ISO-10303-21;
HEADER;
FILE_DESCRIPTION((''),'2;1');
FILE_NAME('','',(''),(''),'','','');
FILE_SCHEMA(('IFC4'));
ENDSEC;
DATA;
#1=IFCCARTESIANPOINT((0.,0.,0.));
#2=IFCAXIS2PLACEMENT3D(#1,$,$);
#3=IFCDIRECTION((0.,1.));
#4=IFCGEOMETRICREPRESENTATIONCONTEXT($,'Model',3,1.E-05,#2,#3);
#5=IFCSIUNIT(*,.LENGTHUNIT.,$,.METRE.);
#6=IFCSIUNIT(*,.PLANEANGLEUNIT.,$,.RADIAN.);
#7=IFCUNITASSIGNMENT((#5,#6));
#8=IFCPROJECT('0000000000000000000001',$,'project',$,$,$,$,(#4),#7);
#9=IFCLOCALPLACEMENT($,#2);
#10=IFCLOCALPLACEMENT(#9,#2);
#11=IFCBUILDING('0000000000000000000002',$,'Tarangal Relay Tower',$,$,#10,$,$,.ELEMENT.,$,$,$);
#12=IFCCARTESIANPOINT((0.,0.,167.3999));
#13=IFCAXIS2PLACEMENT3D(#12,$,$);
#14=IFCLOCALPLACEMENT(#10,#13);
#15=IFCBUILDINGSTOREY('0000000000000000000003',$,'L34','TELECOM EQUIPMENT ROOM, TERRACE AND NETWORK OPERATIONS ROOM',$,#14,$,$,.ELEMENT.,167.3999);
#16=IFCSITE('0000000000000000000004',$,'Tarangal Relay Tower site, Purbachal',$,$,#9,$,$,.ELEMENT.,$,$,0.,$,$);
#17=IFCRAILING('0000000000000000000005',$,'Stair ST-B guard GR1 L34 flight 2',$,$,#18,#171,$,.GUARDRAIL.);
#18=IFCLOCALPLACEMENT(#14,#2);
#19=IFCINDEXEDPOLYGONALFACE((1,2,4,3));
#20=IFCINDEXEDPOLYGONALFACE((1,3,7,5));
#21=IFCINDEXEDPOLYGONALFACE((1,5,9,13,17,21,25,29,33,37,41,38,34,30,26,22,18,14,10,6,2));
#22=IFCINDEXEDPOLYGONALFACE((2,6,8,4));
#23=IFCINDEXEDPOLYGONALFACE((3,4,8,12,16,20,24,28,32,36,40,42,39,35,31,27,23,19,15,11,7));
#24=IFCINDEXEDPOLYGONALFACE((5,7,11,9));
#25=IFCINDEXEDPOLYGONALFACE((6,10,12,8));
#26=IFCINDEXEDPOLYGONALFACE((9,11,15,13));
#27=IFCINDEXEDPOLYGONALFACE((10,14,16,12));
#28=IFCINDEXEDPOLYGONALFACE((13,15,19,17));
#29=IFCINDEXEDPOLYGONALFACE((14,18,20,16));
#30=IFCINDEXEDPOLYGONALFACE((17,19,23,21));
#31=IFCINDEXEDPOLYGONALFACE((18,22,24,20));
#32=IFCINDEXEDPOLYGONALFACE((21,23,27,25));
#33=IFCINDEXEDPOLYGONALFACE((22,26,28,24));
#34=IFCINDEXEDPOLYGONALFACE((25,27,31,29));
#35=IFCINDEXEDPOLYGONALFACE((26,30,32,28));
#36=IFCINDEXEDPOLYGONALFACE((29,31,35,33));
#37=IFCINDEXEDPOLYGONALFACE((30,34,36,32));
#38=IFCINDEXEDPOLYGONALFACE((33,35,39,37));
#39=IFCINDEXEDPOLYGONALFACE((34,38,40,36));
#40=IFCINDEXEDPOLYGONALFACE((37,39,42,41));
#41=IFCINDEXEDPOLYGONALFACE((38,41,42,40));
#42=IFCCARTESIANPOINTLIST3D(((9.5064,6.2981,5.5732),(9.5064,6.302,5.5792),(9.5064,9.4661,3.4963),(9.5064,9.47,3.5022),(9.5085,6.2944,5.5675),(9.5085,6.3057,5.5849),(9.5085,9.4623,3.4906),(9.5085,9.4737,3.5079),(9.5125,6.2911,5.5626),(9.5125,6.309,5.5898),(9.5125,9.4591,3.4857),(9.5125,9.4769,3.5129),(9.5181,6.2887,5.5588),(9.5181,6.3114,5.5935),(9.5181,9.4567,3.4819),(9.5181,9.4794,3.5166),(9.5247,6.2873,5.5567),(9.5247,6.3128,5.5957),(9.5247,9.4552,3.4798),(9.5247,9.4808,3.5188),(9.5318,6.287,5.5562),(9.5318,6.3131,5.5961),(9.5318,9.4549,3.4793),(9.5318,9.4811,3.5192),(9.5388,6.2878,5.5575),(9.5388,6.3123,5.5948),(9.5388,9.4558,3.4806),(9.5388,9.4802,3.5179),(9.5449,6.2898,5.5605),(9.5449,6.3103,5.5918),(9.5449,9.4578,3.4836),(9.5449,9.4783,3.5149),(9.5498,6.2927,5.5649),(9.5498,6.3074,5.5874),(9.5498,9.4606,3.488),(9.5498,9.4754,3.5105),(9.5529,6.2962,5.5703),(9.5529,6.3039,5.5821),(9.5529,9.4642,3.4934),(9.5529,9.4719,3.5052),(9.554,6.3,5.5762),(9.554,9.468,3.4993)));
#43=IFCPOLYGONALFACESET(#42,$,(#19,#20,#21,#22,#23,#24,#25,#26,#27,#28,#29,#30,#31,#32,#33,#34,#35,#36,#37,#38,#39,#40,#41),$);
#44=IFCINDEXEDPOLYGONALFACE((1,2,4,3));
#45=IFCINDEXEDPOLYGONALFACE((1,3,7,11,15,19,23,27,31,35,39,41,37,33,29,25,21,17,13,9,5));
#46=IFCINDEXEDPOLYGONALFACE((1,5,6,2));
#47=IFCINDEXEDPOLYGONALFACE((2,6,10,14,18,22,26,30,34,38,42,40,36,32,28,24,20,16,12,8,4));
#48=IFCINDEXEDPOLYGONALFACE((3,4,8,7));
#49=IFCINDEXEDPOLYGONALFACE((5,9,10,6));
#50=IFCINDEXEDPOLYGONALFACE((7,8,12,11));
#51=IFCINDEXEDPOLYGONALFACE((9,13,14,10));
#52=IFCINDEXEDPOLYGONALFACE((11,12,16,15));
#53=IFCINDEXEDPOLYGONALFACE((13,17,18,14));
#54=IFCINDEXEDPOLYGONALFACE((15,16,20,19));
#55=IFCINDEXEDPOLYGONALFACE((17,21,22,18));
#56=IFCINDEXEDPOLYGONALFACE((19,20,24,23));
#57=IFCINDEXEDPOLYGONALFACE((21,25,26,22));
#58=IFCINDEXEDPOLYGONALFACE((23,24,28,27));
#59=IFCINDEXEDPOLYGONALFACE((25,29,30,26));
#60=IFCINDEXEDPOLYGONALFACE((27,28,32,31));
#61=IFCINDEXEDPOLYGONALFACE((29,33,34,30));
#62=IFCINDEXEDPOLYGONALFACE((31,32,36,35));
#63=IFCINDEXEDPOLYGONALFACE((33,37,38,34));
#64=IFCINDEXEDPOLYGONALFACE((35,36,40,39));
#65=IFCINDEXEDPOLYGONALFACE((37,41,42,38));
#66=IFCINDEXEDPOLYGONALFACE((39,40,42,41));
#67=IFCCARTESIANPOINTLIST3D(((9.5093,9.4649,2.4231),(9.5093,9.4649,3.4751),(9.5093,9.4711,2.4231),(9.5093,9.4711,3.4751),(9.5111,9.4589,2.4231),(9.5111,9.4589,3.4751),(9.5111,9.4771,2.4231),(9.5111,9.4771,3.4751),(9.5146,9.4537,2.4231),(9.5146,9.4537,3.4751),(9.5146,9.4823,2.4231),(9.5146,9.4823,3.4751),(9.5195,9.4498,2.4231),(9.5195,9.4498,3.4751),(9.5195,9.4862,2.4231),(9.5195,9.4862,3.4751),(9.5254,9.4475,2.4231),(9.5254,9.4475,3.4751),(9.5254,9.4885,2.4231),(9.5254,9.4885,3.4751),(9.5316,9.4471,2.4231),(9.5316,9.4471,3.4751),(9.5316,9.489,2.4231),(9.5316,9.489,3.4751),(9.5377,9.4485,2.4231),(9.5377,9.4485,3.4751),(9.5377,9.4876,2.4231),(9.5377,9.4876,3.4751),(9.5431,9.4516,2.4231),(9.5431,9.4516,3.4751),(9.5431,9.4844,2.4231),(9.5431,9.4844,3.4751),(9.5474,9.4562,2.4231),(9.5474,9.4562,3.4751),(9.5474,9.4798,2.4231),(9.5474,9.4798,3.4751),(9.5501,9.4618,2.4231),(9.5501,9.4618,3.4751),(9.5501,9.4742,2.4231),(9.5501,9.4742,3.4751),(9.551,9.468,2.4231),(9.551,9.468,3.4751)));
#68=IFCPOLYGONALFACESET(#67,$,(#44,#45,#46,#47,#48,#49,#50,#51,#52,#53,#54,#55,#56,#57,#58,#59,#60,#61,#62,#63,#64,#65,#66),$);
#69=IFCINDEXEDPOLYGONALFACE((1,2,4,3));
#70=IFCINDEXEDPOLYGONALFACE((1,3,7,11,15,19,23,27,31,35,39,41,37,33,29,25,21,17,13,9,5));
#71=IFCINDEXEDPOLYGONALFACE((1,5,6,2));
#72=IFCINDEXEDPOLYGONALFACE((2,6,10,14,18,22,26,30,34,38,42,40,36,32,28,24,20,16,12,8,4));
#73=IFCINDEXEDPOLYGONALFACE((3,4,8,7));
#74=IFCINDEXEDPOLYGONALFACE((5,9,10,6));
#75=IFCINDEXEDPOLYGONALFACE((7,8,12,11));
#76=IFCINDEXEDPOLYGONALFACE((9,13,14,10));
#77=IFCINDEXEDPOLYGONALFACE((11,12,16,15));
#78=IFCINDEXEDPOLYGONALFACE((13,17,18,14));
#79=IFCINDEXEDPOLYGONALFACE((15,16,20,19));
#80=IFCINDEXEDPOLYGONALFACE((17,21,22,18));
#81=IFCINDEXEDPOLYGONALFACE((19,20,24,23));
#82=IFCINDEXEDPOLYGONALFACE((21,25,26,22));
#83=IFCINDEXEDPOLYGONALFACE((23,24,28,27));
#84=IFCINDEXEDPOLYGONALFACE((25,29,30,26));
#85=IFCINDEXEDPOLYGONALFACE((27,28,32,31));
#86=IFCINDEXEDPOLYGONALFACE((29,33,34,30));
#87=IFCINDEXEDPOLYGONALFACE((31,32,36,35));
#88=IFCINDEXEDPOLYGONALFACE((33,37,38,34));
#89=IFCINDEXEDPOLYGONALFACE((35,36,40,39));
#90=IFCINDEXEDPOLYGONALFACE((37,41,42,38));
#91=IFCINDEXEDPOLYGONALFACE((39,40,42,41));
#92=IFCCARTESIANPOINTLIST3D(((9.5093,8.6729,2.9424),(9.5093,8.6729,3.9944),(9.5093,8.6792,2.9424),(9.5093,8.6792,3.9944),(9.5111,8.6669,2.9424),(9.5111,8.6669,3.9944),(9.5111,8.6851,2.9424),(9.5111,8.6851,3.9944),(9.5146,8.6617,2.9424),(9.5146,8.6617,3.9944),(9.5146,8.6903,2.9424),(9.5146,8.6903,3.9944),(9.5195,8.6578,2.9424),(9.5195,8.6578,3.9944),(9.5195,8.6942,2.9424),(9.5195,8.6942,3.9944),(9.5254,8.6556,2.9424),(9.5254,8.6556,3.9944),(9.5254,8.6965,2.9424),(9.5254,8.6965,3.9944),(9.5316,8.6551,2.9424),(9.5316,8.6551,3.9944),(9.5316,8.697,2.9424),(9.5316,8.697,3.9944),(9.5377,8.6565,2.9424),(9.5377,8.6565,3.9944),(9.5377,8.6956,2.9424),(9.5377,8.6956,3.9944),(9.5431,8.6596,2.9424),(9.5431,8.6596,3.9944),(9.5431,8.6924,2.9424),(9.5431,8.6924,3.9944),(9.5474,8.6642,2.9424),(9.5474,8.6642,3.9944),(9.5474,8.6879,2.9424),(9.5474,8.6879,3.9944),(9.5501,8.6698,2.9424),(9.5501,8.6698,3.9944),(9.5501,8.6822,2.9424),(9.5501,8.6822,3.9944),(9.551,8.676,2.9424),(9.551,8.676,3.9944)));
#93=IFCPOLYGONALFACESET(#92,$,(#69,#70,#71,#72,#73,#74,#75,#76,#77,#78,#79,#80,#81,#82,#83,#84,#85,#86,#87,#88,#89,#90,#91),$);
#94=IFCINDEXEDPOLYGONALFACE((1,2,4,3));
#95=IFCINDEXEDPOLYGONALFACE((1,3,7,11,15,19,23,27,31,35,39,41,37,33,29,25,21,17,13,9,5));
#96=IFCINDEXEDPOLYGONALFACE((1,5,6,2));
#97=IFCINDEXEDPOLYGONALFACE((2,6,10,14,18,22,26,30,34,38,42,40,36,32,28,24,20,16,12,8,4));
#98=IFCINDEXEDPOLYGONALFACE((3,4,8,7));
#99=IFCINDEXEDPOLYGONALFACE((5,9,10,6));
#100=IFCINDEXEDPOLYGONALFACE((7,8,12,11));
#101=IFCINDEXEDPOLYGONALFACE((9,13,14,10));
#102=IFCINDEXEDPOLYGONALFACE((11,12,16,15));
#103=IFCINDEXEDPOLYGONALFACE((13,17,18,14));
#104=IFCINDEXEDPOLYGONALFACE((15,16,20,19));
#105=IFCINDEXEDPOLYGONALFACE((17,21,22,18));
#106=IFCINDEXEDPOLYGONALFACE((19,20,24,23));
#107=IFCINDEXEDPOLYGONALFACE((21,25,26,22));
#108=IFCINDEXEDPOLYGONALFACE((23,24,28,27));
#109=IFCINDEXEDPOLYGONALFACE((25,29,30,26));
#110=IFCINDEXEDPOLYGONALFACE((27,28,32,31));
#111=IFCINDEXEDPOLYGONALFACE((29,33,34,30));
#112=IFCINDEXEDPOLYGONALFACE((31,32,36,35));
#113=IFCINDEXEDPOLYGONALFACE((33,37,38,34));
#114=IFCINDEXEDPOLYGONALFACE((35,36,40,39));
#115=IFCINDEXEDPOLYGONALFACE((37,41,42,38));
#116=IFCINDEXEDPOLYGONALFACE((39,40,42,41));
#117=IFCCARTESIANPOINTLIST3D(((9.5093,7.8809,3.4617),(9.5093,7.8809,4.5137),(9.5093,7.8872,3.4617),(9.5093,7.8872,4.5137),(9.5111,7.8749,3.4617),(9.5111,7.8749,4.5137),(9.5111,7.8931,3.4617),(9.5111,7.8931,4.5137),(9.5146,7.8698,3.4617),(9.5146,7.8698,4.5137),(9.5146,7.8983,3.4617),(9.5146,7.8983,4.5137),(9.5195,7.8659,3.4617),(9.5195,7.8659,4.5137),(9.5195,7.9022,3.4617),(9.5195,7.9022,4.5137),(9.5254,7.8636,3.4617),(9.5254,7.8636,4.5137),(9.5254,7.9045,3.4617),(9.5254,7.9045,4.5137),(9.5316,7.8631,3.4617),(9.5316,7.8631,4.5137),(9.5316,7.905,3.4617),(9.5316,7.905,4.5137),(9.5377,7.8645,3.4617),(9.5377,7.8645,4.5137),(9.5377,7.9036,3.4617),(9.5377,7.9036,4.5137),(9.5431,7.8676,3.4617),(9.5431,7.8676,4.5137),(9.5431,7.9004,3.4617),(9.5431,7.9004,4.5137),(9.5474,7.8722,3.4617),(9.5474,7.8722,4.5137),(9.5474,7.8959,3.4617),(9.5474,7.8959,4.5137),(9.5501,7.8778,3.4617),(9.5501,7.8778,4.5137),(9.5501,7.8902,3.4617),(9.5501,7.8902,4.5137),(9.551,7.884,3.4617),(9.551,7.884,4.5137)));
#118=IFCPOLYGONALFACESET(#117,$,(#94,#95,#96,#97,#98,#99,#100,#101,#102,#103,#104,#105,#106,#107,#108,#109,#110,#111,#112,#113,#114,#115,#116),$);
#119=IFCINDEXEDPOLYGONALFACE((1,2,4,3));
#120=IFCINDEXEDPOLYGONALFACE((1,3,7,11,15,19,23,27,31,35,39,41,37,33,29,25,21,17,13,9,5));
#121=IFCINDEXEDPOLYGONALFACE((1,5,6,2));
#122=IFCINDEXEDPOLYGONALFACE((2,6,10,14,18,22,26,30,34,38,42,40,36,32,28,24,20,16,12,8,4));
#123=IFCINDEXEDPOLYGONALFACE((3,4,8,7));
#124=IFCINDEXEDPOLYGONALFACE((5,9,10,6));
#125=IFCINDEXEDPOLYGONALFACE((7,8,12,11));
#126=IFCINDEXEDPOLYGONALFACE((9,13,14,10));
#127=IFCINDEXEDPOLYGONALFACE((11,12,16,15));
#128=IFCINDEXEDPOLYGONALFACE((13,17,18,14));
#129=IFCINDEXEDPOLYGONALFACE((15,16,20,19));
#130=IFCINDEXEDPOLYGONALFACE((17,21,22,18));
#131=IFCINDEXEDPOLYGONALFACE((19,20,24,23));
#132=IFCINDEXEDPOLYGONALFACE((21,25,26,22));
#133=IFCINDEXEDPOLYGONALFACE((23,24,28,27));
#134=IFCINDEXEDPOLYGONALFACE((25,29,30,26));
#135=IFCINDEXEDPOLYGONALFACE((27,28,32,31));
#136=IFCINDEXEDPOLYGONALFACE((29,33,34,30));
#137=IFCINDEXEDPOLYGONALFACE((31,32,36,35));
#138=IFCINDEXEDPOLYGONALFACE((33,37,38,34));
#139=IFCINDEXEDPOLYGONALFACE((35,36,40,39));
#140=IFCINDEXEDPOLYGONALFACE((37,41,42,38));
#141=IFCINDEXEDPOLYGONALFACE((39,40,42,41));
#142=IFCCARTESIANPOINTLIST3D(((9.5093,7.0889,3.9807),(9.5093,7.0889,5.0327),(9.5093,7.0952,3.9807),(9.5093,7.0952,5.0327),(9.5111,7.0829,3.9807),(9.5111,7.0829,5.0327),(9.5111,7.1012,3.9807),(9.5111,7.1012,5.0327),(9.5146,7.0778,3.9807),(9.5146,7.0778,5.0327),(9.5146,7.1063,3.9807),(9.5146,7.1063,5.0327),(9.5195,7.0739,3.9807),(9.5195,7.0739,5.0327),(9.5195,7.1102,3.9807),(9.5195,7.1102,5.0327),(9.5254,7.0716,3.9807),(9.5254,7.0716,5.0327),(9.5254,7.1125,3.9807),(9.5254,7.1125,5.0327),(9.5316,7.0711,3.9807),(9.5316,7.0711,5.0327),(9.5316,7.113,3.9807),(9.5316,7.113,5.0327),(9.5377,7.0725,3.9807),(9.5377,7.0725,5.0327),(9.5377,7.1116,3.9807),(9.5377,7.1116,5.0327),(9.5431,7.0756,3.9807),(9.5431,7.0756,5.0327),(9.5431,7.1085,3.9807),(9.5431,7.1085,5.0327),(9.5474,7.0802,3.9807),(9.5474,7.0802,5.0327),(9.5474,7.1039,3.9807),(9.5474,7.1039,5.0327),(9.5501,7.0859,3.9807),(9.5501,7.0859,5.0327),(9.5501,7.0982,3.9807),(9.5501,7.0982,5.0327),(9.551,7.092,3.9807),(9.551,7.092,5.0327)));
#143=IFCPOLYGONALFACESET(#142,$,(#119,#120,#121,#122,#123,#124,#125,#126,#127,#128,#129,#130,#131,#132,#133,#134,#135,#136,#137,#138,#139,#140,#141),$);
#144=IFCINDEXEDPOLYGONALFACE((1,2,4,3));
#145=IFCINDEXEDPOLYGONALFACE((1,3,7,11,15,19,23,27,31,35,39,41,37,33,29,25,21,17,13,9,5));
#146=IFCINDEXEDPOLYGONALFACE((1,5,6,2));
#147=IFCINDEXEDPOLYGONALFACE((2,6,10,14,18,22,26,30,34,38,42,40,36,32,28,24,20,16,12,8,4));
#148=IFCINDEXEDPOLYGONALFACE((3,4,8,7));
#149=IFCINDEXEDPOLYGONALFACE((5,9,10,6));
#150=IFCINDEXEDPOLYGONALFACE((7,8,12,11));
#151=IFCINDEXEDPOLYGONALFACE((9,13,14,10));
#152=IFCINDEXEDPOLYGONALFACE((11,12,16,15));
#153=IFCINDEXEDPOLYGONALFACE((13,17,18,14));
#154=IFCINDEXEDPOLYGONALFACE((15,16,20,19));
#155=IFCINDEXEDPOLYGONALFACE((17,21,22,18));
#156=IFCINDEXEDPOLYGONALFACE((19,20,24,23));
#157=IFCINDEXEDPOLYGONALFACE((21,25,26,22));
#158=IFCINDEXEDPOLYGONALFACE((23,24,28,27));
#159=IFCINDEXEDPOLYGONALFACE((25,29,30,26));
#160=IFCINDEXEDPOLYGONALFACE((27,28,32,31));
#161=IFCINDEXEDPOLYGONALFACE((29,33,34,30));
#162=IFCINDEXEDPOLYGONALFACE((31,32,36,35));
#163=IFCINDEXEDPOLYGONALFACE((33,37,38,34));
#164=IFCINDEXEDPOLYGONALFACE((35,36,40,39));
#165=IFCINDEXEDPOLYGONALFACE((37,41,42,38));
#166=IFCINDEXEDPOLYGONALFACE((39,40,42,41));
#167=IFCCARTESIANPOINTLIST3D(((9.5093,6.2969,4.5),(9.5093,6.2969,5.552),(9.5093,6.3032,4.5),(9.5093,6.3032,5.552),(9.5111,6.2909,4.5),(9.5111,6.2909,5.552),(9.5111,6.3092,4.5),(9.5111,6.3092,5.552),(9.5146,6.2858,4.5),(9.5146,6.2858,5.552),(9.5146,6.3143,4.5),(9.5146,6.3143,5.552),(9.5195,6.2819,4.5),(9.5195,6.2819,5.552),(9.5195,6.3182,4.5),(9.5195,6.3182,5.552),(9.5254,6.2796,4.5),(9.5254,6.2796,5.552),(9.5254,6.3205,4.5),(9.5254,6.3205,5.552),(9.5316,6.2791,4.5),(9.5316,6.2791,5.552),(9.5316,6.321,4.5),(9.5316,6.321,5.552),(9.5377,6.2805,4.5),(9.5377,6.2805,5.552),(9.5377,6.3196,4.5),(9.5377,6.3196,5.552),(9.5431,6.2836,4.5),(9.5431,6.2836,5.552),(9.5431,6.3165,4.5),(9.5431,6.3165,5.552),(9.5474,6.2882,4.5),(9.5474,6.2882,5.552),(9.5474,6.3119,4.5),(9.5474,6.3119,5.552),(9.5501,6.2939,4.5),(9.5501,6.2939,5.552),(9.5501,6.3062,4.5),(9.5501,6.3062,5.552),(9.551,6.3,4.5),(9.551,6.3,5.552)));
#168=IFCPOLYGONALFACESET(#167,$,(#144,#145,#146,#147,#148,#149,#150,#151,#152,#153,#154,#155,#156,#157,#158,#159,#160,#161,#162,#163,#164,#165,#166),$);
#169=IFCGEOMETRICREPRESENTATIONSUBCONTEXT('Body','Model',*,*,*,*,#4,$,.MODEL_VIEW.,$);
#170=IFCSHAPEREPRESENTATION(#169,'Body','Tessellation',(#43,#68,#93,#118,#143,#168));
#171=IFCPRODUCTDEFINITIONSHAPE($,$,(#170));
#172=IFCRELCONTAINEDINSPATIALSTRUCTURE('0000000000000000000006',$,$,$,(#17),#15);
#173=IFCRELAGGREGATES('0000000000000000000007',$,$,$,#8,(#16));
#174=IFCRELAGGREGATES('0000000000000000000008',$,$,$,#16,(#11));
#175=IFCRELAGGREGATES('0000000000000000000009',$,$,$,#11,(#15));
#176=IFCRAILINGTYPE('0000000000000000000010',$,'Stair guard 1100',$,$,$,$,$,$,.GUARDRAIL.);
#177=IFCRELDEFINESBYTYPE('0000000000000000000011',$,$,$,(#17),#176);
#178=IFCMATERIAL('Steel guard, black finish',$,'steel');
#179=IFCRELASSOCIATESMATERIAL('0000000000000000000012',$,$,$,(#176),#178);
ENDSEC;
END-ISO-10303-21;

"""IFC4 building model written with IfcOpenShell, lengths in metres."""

from ifc_helpers import new_model, si_unit, direction, frame, origin, origin_2d, place, context, subcontext, project, spatial, circle, extrude, material, type_object, element, save


model = new_model("IFC4")

# Units and contexts
model_context = context("Model", 3, precision=1e-05, world=origin(), true_north=direction((0.0, 1.0)))
body_context = subcontext(model_context, "Body", "Model", "MODEL_VIEW")
ifc_project = project(units=[si_unit("LENGTHUNIT", "METRE"), si_unit("PLANEANGLEUNIT", "RADIAN")], contexts=[model_context])

# Site, building, storey
site_placement = place(None, origin())
site = spatial("IfcSite", under=ifc_project, at=site_placement, Name="Tarangal Relay Tower site, Purbachal", CompositionType="ELEMENT", RefElevation=0.0)
building_placement = place(site_placement, origin())
building = spatial("IfcBuilding", under=site, at=building_placement, Name="Tarangal Relay Tower", CompositionType="ELEMENT")
storey_placement = place(building_placement, frame((0.0, 0.0, 167.3999)))
storey = spatial("IfcBuildingStorey", under=building, at=storey_placement, Name="L34", Description="TELECOM EQUIPMENT ROOM, TERRACE AND NETWORK OPERATIONS ROOM", CompositionType="ELEMENT", Elevation=167.3999)

# Railing
ifc_material_1 = material(Name="Steel guard, black finish", Category="steel")
railing_type_1 = type_object("IfcRailingType", Name="Stair guard 1100", PredefinedType="GUARDRAIL", material=ifc_material_1)
railing_1_placement = place(storey_placement, frame((9.53, 9.468, 2.4231)))
element("IfcRailing", 1, at=railing_1_placement, inside=storey, type_object=railing_type_1, Name="Stair ST-B guard GR1 L34 flight 2", PredefinedType="GUARDRAIL", context=body_context, shape_type="SweptSolid", body=[
    extrude(circle(Radius=0.0239, at=origin_2d()), frame((0.0, 0.0, 1.0762), z_axis=(0.0, -0.836299, 0.548273), x_axis=(1.0, 0.0, 0.0)), (0.0, 0.0, 1.0), 3.7881),
    extrude(circle(Radius=0.021, at=origin_2d()), origin(), (0.0, 0.0, 1.0), 1.052),
    extrude(circle(Radius=0.021, at=origin_2d()), frame((0.0, -0.792, 0.5193)), (0.0, 0.0, 1.0), 1.052),
    extrude(circle(Radius=0.021, at=origin_2d()), frame((0.0, -1.584, 1.0386)), (0.0, 0.0, 1.0), 1.052),
    extrude(circle(Radius=0.021, at=origin_2d()), frame((0.0, -2.376, 1.5576)), (0.0, 0.0, 1.0), 1.052),
    extrude(circle(Radius=0.021, at=origin_2d()), frame((0.0, -3.168, 2.0769)), (0.0, 0.0, 1.0), 1.052),
])

save(model, "model.ifc")
